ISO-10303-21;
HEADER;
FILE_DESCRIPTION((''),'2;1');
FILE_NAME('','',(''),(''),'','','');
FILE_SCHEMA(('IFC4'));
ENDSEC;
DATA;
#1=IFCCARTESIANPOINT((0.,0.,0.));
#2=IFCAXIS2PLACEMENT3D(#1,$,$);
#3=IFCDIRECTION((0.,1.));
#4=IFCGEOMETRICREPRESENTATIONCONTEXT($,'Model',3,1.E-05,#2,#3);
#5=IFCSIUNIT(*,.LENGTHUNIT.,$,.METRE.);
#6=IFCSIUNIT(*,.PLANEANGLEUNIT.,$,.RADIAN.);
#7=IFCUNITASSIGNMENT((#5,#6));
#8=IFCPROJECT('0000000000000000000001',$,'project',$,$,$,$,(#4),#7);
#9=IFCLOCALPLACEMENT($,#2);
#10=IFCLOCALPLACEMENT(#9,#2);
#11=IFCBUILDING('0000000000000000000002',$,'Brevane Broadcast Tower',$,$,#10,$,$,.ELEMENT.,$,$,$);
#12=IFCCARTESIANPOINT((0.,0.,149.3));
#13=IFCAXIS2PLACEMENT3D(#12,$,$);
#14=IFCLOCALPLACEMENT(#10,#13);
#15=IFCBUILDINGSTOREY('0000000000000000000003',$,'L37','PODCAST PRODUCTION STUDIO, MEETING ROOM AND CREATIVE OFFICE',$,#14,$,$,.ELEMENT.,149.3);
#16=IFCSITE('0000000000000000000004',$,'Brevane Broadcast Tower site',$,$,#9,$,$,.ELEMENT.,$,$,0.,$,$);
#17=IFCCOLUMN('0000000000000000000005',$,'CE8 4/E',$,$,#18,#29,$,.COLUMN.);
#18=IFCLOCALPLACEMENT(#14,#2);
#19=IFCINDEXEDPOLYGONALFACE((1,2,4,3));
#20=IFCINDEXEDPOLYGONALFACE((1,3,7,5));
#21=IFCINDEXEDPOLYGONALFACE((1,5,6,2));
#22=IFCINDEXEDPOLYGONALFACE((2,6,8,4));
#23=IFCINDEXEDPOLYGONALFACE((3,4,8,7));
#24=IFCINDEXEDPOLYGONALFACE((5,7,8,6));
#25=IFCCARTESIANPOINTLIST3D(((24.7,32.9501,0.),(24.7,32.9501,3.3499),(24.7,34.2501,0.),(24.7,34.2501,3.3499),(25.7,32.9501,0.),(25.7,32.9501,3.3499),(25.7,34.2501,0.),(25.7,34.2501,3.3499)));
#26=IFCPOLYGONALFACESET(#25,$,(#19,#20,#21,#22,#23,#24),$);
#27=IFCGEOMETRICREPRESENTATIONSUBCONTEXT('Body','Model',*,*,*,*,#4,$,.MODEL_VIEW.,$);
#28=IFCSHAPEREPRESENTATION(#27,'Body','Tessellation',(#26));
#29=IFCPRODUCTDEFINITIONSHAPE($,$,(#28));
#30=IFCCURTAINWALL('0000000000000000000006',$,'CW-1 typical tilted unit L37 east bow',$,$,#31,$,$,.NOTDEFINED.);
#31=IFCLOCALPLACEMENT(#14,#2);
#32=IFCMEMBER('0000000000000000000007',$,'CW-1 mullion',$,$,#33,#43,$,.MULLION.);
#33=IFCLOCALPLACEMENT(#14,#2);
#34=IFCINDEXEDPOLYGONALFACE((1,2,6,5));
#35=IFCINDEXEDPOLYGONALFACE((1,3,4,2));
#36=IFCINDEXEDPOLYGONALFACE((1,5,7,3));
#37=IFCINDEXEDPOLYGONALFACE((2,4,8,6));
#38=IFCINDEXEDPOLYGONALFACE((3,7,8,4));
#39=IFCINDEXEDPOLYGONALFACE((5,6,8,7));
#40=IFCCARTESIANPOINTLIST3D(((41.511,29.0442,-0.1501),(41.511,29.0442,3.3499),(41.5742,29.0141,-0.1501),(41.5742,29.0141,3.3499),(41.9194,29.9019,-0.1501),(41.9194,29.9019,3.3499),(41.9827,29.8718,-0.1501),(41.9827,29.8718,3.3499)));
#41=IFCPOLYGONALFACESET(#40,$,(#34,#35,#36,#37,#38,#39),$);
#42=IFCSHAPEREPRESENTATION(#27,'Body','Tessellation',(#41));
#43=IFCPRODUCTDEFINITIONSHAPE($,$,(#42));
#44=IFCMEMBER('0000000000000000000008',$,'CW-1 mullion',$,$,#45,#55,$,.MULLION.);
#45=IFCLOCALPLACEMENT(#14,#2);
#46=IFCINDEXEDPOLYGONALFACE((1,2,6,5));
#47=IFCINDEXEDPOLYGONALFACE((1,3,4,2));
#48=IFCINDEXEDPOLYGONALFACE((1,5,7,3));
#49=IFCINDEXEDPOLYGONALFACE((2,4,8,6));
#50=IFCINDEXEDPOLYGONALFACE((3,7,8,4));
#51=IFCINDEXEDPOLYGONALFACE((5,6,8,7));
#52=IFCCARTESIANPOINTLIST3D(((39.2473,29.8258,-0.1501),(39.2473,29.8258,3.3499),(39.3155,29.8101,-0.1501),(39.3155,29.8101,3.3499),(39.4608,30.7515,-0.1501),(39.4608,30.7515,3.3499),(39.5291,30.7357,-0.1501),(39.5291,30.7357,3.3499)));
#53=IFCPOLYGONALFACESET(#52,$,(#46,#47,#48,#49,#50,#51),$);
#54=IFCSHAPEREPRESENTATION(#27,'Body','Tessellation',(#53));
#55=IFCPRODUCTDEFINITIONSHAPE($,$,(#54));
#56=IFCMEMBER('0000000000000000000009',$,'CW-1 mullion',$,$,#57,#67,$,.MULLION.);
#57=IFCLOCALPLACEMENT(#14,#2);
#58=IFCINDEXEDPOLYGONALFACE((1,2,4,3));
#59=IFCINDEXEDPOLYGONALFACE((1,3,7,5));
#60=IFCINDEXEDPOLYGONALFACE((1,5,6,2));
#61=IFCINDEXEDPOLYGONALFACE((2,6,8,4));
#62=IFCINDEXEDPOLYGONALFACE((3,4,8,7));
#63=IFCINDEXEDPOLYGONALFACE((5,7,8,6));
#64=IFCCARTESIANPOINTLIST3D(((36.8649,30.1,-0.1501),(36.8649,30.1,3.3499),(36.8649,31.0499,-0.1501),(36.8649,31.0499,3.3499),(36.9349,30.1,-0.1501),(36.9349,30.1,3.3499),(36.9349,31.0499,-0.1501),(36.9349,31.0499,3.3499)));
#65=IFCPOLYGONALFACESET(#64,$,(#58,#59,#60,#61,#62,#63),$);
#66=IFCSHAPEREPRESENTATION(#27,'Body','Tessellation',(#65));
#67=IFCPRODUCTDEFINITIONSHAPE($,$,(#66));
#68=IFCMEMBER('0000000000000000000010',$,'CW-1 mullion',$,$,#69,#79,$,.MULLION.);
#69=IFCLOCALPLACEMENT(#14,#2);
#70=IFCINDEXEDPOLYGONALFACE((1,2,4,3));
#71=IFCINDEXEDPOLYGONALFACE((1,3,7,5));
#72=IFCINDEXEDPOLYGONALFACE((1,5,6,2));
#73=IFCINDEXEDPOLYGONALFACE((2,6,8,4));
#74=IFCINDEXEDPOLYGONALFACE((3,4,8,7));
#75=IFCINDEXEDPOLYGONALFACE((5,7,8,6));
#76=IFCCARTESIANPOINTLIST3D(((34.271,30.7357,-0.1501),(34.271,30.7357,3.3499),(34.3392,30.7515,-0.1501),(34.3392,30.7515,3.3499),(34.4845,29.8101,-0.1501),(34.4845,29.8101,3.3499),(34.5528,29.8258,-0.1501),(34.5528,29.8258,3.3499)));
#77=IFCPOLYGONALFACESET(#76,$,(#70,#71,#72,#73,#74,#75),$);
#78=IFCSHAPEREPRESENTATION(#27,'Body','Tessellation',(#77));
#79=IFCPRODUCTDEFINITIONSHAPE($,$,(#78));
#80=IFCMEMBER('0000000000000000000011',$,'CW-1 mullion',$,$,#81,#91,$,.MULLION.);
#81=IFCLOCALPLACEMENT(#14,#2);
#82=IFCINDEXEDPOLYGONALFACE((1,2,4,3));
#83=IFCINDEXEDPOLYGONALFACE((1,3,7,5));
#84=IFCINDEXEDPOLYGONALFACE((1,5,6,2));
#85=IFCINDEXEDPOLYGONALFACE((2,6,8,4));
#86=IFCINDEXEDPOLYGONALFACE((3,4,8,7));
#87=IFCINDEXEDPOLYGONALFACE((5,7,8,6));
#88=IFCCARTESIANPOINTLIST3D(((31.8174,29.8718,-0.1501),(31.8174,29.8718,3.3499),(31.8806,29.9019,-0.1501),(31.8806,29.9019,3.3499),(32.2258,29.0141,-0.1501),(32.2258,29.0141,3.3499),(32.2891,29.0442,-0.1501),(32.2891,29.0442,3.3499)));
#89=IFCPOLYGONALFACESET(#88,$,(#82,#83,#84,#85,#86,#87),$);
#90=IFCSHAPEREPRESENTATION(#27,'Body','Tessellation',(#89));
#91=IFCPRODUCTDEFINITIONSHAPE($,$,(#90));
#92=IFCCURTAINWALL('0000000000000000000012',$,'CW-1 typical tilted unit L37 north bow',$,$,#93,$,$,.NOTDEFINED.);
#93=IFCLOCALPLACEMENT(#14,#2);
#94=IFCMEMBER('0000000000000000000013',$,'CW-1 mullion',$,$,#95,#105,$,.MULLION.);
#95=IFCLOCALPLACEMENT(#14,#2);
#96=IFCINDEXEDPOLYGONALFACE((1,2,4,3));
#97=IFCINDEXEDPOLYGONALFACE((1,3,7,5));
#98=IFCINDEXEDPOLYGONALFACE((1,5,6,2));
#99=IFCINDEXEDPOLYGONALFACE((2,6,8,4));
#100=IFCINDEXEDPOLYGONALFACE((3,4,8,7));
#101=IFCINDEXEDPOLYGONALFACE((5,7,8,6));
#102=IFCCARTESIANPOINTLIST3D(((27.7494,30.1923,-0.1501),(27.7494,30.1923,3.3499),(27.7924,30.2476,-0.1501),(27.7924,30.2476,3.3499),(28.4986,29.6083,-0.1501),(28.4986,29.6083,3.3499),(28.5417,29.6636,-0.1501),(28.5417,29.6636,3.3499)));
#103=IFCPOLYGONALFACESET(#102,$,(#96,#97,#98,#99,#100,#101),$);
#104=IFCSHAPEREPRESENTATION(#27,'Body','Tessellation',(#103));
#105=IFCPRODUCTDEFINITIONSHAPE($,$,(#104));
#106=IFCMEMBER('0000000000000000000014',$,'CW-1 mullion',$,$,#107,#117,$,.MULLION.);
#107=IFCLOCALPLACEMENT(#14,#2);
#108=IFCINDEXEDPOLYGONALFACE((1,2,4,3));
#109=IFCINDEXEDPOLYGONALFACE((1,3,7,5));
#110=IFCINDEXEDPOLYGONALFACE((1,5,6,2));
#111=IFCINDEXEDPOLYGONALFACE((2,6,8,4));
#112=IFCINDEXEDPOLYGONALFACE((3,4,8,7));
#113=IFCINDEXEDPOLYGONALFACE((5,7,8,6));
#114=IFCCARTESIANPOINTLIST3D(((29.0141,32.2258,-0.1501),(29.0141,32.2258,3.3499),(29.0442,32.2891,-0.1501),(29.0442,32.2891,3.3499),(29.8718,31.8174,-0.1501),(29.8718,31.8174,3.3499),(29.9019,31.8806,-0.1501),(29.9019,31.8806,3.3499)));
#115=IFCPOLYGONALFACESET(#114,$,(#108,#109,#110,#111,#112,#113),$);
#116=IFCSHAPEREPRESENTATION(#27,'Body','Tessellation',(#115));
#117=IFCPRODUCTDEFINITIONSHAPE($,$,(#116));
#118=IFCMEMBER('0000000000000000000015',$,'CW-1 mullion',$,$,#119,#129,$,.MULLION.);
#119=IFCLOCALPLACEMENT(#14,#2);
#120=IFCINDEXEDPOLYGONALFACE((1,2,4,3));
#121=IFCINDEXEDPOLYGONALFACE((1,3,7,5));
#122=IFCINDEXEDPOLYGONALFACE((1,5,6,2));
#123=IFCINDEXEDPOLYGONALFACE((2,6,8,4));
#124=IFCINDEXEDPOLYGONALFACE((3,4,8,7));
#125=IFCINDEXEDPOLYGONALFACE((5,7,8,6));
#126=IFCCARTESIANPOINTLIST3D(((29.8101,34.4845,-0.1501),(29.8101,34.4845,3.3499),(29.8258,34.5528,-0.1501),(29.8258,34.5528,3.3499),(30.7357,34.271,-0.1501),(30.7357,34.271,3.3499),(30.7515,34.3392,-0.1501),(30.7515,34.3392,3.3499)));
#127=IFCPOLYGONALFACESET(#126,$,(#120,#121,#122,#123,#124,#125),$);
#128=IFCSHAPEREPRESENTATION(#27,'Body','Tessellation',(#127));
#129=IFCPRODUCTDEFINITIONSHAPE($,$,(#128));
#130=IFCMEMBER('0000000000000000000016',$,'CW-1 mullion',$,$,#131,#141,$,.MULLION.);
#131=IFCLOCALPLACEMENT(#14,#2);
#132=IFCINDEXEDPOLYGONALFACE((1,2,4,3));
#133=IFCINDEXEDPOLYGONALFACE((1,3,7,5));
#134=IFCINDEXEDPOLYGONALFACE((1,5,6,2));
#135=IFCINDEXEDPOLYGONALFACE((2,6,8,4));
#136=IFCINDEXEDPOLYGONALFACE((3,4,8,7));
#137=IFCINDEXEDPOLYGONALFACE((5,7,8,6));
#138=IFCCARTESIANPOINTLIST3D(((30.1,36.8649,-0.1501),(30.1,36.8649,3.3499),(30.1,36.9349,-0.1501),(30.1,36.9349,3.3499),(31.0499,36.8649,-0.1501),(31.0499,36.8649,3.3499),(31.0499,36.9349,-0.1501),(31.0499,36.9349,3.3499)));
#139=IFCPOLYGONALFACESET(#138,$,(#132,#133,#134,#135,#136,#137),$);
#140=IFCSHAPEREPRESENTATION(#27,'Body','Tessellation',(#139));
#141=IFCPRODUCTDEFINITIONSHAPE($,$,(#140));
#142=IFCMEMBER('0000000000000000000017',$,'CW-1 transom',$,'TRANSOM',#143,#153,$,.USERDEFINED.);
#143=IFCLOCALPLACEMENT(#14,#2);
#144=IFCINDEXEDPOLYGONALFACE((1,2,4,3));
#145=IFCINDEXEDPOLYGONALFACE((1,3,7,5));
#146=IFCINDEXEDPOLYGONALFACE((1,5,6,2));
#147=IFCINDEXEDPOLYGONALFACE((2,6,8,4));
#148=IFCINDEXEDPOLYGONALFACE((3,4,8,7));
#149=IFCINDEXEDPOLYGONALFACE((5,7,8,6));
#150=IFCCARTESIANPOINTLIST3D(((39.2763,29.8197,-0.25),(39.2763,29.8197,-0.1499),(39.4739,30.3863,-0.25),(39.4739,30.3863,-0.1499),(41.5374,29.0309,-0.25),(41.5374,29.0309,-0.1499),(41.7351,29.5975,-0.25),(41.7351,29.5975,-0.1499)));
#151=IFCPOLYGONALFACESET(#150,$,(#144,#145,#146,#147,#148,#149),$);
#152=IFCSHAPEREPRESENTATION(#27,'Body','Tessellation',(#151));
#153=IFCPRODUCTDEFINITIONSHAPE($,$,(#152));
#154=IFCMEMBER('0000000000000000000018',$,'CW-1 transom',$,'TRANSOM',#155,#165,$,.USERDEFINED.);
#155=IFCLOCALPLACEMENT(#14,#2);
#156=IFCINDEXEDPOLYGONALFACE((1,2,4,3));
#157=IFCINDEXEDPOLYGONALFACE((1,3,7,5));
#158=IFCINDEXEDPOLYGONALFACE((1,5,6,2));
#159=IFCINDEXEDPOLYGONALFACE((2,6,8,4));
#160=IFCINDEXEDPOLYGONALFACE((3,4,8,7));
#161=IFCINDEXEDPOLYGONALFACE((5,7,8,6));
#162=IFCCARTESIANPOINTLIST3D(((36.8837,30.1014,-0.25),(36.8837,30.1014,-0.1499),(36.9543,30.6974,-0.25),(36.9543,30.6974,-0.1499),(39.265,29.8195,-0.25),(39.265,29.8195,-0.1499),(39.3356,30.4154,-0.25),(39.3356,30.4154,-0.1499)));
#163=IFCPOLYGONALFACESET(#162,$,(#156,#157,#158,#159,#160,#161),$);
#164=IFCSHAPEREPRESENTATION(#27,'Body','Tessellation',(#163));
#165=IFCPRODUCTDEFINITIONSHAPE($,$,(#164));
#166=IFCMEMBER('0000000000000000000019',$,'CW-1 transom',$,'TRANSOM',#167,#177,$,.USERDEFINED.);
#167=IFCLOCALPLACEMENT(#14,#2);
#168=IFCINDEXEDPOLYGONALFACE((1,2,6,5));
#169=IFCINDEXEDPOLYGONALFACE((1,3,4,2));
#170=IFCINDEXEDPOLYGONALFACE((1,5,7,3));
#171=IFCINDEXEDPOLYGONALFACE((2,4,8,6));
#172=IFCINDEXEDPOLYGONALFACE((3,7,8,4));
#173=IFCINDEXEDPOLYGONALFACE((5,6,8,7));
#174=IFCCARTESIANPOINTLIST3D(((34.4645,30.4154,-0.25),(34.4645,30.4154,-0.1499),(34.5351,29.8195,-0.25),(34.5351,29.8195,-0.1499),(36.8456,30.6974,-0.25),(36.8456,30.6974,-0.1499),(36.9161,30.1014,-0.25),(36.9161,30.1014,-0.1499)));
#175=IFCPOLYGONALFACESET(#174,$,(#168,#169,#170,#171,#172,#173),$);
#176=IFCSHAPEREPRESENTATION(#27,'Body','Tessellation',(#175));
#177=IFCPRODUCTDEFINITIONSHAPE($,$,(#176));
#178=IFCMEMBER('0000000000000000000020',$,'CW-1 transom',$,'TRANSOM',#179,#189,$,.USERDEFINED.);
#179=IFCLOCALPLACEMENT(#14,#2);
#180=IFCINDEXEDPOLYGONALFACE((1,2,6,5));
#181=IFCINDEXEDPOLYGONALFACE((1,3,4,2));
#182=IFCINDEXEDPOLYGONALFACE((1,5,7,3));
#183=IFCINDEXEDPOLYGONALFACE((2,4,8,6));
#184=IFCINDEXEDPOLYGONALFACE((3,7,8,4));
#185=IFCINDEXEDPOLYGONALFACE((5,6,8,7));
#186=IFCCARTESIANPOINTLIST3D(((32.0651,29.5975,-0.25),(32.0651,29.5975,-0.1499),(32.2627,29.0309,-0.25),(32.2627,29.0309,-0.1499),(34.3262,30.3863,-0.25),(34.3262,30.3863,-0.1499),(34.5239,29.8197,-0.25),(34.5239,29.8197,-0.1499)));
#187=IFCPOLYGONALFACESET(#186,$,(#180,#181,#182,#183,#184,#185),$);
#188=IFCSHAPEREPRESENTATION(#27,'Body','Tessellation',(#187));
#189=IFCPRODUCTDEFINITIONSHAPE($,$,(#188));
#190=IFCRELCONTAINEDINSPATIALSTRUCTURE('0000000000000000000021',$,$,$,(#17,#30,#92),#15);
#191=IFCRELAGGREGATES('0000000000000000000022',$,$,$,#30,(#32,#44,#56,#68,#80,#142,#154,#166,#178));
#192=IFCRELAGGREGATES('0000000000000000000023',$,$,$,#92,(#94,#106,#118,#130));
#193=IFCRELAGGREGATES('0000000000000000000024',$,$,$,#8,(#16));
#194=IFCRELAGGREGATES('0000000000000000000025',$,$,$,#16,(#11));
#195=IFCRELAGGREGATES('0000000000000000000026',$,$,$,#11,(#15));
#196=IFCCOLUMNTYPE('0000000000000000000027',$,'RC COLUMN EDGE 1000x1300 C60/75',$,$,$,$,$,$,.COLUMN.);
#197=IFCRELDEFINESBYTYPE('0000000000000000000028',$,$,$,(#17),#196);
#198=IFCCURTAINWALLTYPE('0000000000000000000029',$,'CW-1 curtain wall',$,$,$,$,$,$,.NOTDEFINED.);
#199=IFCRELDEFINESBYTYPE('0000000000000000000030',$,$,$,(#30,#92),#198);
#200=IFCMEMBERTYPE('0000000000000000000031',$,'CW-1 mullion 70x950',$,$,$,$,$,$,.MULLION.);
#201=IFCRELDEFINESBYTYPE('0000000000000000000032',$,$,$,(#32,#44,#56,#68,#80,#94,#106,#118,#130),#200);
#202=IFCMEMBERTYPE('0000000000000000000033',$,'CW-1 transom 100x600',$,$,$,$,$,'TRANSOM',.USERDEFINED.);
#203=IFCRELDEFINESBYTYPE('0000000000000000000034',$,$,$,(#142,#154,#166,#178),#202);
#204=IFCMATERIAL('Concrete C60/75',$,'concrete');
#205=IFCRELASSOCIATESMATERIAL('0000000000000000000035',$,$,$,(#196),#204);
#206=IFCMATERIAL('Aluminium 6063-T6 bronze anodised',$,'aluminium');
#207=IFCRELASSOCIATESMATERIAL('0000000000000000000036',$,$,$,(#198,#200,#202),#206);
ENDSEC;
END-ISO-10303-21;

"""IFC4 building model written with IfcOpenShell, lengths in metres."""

from ifc_helpers import new_model, si_unit, direction, frame, origin, origin_2d, place, context, subcontext, project, spatial, rectangle, extrude, material, material_profile, profile_set, type_object, element, aggregate, save


model = new_model("IFC4")

# Units and contexts
model_context = context("Model", 3, precision=1e-05, world=origin(), true_north=direction((0.0, 1.0)))
body_context = subcontext(model_context, "Body", "Model", "MODEL_VIEW")
ifc_project = project(units=[si_unit("LENGTHUNIT", "METRE"), si_unit("PLANEANGLEUNIT", "RADIAN")], contexts=[model_context])

# Site, building, storey
site_placement = place(None, origin())
site = spatial("IfcSite", under=ifc_project, at=site_placement, Name="Brevane Broadcast Tower site", CompositionType="ELEMENT", RefElevation=0.0)
building_placement = place(site_placement, origin())
building = spatial("IfcBuilding", under=site, at=building_placement, Name="Brevane Broadcast Tower", CompositionType="ELEMENT")
storey_placement = place(building_placement, frame((0.0, 0.0, 149.3)))
storey = spatial("IfcBuildingStorey", under=building, at=storey_placement, Name="L37", Description="PODCAST PRODUCTION STUDIO, MEETING ROOM AND CREATIVE OFFICE", CompositionType="ELEMENT", Elevation=149.3)

# Column
ifc_material_1 = material(Name="Concrete C60/75", Category="concrete")
ifc_material_profile_1 = material_profile(ifc_material_1, rectangle(XDim=1.0, YDim=1.3, at=origin_2d()), Name="RC 1000x1300")
ifc_profile_set_1 = profile_set([ifc_material_profile_1], Name="Concrete C60/75")
column_type = type_object("IfcColumnType", Name="RC COLUMN EDGE 1000x1300 C60/75", PredefinedType="COLUMN", material=ifc_profile_set_1)
column_placement = place(storey_placement, frame((25.2, 33.6001, 0.0), z_axis=(0.0, 0.0, 1.0), x_axis=(1.0, 0.0, 0.0)))
element("IfcColumn", 1, at=column_placement, inside=storey, type_object=column_type, Name="CE8 4/E", PredefinedType="COLUMN", context=body_context, shape_type="SweptSolid", body=[
    extrude(rectangle(XDim=1.0, YDim=1.3, at=origin_2d()), origin(), (0.0, 0.0, 1.0), 3.3499),
])

# Curtain walls, members
ifc_material_2 = material(Name="Aluminium 6063-T6 bronze anodised", Category="aluminium")
curtain_wall_type = type_object("IfcCurtainWallType", Name="CW-1 curtain wall", PredefinedType="NOTDEFINED", material=ifc_material_2)
curtain_wall_1_placement = place(storey_placement, origin())
curtain_wall_1 = element("IfcCurtainWall", 2, at=curtain_wall_1_placement, inside=storey, type_object=curtain_wall_type, Name="CW-1 typical tilted unit L37 east bow", PredefinedType="NOTDEFINED")
ifc_material_profile_2 = material_profile(ifc_material_2, rectangle(XDim=0.95, YDim=0.0701, at=origin_2d()), Name="RECT 70x950")
ifc_profile_set_2 = profile_set([ifc_material_profile_2], Name="Aluminium 6063-T6 bronze anodised")
member_type_1 = type_object("IfcMemberType", Name="CW-1 mullion 70x950", PredefinedType="MULLION", material=ifc_profile_set_2)
member_1_placement = place(storey_placement, frame((41.7468, 29.458, -0.1501), z_axis=(0.0, 0.0, 1.0), x_axis=(-0.429934, -0.902861, 0.0)))
member_1 = element("IfcMember", 3, at=member_1_placement, type_object=member_type_1, Name="CW-1 mullion", PredefinedType="MULLION", context=body_context, shape_type="SweptSolid", body=[
    extrude(rectangle(XDim=0.95, YDim=0.0701, at=origin_2d()), origin(), (0.0, 0.0, 1.0), 3.5),
])
member_2_placement = place(storey_placement, frame((39.3882, 30.2808, -0.1501), z_axis=(0.0, 0.0, 1.0), x_axis=(-0.224806, -0.974403, 0.0)))
member_2 = element("IfcMember", 4, at=member_2_placement, type_object=member_type_1, Name="CW-1 mullion", PredefinedType="MULLION", context=body_context, shape_type="SweptSolid", body=[
    extrude(rectangle(XDim=0.95, YDim=0.0701, at=origin_2d()), origin(), (0.0, 0.0, 1.0), 3.5),
])
member_3_placement = place(storey_placement, frame((36.8999, 30.575, -0.1501), z_axis=(0.0, 0.0, 1.0), x_axis=(0.0, -1.0, 0.0)))
member_3 = element("IfcMember", 5, at=member_3_placement, type_object=member_type_1, Name="CW-1 mullion", PredefinedType="MULLION", context=body_context, shape_type="SweptSolid", body=[
    extrude(rectangle(XDim=0.95, YDim=0.0701, at=origin_2d()), origin(), (0.0, 0.0, 1.0), 3.5),
])
member_4_placement = place(storey_placement, frame((34.4119, 30.2808, -0.1501), z_axis=(0.0, 0.0, 1.0), x_axis=(0.224806, -0.974403, 0.0)))
member_4 = element("IfcMember", 6, at=member_4_placement, type_object=member_type_1, Name="CW-1 mullion", PredefinedType="MULLION", context=body_context, shape_type="SweptSolid", body=[
    extrude(rectangle(XDim=0.95, YDim=0.0701, at=origin_2d()), origin(), (0.0, 0.0, 1.0), 3.5),
])
member_5_placement = place(storey_placement, frame((32.0532, 29.458, -0.1501), z_axis=(0.0, 0.0, 1.0), x_axis=(0.429934, -0.902861, 0.0)))
member_5 = element("IfcMember", 7, at=member_5_placement, type_object=member_type_1, Name="CW-1 mullion", PredefinedType="MULLION", context=body_context, shape_type="SweptSolid", body=[
    extrude(rectangle(XDim=0.95, YDim=0.0701, at=origin_2d()), origin(), (0.0, 0.0, 1.0), 3.5),
])
curtain_wall_2_placement = place(storey_placement, origin())
curtain_wall_2 = element("IfcCurtainWall", 8, at=curtain_wall_2_placement, inside=storey, type_object=curtain_wall_type, Name="CW-1 typical tilted unit L37 north bow", PredefinedType="NOTDEFINED")
member_6_placement = place(storey_placement, frame((28.1455, 29.928, -0.1501), z_axis=(0.0, 0.0, 1.0), x_axis=(-0.788707, 0.61477, 0.0)))
member_6 = element("IfcMember", 9, at=member_6_placement, type_object=member_type_1, Name="CW-1 mullion", PredefinedType="MULLION", context=body_context, shape_type="SweptSolid", body=[
    extrude(rectangle(XDim=0.95, YDim=0.0701, at=origin_2d()), origin(), (0.0, 0.0, 1.0), 3.5),
])
member_7_placement = place(storey_placement, frame((29.458, 32.0532, -0.1501), z_axis=(0.0, 0.0, 1.0), x_axis=(-0.902861, 0.429934, 0.0)))
member_7 = element("IfcMember", 10, at=member_7_placement, type_object=member_type_1, Name="CW-1 mullion", PredefinedType="MULLION", context=body_context, shape_type="SweptSolid", body=[
    extrude(rectangle(XDim=0.95, YDim=0.0701, at=origin_2d()), origin(), (0.0, 0.0, 1.0), 3.5),
])
member_8_placement = place(storey_placement, frame((30.2808, 34.4119, -0.1501), z_axis=(0.0, 0.0, 1.0), x_axis=(-0.974403, 0.224806, 0.0)))
member_8 = element("IfcMember", 11, at=member_8_placement, type_object=member_type_1, Name="CW-1 mullion", PredefinedType="MULLION", context=body_context, shape_type="SweptSolid", body=[
    extrude(rectangle(XDim=0.95, YDim=0.0701, at=origin_2d()), origin(), (0.0, 0.0, 1.0), 3.5),
])
member_9_placement = place(storey_placement, frame((30.575, 36.8999, -0.1501), z_axis=(0.0, 0.0, 1.0), x_axis=(-1.0, 0.0, 0.0)))
member_9 = element("IfcMember", 12, at=member_9_placement, type_object=member_type_1, Name="CW-1 mullion", PredefinedType="MULLION", context=body_context, shape_type="SweptSolid", body=[
    extrude(rectangle(XDim=0.95, YDim=0.0701, at=origin_2d()), origin(), (0.0, 0.0, 1.0), 3.5),
])

# Members
ifc_material_profile_3 = material_profile(ifc_material_2, rectangle(XDim=0.6001, YDim=0.1001, at=origin_2d()), Name="RECT 100x600")
ifc_profile_set_3 = profile_set([ifc_material_profile_3], Name="Aluminium 6063-T6 bronze anodised")
member_type_2 = type_object("IfcMemberType", Name="CW-1 transom 100x600", ElementType="TRANSOM", PredefinedType="USERDEFINED", material=ifc_profile_set_3)
member_10_placement = place(storey_placement, frame((41.6362, 29.3142, -0.2), z_axis=(-0.944198, 0.329378, 0.0), x_axis=(-0.329378, -0.944198, 0.0)))
member_10 = element("IfcMember", 13, at=member_10_placement, type_object=member_type_2, Name="CW-1 transom", ObjectType="TRANSOM", PredefinedType="USERDEFINED", context=body_context, shape_type="SweptSolid", body=[
    extrude(rectangle(XDim=0.6001, YDim=0.1001, at=origin_2d()), origin(), (0.0, 0.0, 1.0), 2.3948),
])
member_11_placement = place(storey_placement, frame((39.3003, 30.1174, -0.2), z_axis=(-0.993062, 0.117591, 0.0), x_axis=(-0.117591, -0.993062, 0.0)))
member_11 = element("IfcMember", 14, at=member_11_placement, type_object=member_type_2, Name="CW-1 transom", ObjectType="TRANSOM", PredefinedType="USERDEFINED", context=body_context, shape_type="SweptSolid", body=[
    extrude(rectangle(XDim=0.6001, YDim=0.1001, at=origin_2d()), origin(), (0.0, 0.0, 1.0), 2.3979),
])
member_12_placement = place(storey_placement, frame((36.8809, 30.3994, -0.2), z_axis=(-0.993061, -0.117603, 0.0), x_axis=(0.117603, -0.993061, 0.0)))
member_12 = element("IfcMember", 15, at=member_12_placement, type_object=member_type_2, Name="CW-1 transom", ObjectType="TRANSOM", PredefinedType="USERDEFINED", context=body_context, shape_type="SweptSolid", body=[
    extrude(rectangle(XDim=0.6001, YDim=0.1001, at=origin_2d()), origin(), (0.0, 0.0, 1.0), 2.3977),
])
member_13_placement = place(storey_placement, frame((34.425, 30.103, -0.2), z_axis=(-0.944198, -0.329378, 0.0), x_axis=(0.329378, -0.944198, 0.0)))
member_13 = element("IfcMember", 16, at=member_13_placement, type_object=member_type_2, Name="CW-1 transom", ObjectType="TRANSOM", PredefinedType="USERDEFINED", context=body_context, shape_type="SweptSolid", body=[
    extrude(rectangle(XDim=0.6001, YDim=0.1001, at=origin_2d()), origin(), (0.0, 0.0, 1.0), 2.3948),
])
aggregate(curtain_wall_1, [member_1, member_2, member_3, member_4, member_5, member_10, member_11, member_12, member_13])
aggregate(curtain_wall_2, [member_6, member_7, member_8, member_9])

save(model, "model.ifc")
